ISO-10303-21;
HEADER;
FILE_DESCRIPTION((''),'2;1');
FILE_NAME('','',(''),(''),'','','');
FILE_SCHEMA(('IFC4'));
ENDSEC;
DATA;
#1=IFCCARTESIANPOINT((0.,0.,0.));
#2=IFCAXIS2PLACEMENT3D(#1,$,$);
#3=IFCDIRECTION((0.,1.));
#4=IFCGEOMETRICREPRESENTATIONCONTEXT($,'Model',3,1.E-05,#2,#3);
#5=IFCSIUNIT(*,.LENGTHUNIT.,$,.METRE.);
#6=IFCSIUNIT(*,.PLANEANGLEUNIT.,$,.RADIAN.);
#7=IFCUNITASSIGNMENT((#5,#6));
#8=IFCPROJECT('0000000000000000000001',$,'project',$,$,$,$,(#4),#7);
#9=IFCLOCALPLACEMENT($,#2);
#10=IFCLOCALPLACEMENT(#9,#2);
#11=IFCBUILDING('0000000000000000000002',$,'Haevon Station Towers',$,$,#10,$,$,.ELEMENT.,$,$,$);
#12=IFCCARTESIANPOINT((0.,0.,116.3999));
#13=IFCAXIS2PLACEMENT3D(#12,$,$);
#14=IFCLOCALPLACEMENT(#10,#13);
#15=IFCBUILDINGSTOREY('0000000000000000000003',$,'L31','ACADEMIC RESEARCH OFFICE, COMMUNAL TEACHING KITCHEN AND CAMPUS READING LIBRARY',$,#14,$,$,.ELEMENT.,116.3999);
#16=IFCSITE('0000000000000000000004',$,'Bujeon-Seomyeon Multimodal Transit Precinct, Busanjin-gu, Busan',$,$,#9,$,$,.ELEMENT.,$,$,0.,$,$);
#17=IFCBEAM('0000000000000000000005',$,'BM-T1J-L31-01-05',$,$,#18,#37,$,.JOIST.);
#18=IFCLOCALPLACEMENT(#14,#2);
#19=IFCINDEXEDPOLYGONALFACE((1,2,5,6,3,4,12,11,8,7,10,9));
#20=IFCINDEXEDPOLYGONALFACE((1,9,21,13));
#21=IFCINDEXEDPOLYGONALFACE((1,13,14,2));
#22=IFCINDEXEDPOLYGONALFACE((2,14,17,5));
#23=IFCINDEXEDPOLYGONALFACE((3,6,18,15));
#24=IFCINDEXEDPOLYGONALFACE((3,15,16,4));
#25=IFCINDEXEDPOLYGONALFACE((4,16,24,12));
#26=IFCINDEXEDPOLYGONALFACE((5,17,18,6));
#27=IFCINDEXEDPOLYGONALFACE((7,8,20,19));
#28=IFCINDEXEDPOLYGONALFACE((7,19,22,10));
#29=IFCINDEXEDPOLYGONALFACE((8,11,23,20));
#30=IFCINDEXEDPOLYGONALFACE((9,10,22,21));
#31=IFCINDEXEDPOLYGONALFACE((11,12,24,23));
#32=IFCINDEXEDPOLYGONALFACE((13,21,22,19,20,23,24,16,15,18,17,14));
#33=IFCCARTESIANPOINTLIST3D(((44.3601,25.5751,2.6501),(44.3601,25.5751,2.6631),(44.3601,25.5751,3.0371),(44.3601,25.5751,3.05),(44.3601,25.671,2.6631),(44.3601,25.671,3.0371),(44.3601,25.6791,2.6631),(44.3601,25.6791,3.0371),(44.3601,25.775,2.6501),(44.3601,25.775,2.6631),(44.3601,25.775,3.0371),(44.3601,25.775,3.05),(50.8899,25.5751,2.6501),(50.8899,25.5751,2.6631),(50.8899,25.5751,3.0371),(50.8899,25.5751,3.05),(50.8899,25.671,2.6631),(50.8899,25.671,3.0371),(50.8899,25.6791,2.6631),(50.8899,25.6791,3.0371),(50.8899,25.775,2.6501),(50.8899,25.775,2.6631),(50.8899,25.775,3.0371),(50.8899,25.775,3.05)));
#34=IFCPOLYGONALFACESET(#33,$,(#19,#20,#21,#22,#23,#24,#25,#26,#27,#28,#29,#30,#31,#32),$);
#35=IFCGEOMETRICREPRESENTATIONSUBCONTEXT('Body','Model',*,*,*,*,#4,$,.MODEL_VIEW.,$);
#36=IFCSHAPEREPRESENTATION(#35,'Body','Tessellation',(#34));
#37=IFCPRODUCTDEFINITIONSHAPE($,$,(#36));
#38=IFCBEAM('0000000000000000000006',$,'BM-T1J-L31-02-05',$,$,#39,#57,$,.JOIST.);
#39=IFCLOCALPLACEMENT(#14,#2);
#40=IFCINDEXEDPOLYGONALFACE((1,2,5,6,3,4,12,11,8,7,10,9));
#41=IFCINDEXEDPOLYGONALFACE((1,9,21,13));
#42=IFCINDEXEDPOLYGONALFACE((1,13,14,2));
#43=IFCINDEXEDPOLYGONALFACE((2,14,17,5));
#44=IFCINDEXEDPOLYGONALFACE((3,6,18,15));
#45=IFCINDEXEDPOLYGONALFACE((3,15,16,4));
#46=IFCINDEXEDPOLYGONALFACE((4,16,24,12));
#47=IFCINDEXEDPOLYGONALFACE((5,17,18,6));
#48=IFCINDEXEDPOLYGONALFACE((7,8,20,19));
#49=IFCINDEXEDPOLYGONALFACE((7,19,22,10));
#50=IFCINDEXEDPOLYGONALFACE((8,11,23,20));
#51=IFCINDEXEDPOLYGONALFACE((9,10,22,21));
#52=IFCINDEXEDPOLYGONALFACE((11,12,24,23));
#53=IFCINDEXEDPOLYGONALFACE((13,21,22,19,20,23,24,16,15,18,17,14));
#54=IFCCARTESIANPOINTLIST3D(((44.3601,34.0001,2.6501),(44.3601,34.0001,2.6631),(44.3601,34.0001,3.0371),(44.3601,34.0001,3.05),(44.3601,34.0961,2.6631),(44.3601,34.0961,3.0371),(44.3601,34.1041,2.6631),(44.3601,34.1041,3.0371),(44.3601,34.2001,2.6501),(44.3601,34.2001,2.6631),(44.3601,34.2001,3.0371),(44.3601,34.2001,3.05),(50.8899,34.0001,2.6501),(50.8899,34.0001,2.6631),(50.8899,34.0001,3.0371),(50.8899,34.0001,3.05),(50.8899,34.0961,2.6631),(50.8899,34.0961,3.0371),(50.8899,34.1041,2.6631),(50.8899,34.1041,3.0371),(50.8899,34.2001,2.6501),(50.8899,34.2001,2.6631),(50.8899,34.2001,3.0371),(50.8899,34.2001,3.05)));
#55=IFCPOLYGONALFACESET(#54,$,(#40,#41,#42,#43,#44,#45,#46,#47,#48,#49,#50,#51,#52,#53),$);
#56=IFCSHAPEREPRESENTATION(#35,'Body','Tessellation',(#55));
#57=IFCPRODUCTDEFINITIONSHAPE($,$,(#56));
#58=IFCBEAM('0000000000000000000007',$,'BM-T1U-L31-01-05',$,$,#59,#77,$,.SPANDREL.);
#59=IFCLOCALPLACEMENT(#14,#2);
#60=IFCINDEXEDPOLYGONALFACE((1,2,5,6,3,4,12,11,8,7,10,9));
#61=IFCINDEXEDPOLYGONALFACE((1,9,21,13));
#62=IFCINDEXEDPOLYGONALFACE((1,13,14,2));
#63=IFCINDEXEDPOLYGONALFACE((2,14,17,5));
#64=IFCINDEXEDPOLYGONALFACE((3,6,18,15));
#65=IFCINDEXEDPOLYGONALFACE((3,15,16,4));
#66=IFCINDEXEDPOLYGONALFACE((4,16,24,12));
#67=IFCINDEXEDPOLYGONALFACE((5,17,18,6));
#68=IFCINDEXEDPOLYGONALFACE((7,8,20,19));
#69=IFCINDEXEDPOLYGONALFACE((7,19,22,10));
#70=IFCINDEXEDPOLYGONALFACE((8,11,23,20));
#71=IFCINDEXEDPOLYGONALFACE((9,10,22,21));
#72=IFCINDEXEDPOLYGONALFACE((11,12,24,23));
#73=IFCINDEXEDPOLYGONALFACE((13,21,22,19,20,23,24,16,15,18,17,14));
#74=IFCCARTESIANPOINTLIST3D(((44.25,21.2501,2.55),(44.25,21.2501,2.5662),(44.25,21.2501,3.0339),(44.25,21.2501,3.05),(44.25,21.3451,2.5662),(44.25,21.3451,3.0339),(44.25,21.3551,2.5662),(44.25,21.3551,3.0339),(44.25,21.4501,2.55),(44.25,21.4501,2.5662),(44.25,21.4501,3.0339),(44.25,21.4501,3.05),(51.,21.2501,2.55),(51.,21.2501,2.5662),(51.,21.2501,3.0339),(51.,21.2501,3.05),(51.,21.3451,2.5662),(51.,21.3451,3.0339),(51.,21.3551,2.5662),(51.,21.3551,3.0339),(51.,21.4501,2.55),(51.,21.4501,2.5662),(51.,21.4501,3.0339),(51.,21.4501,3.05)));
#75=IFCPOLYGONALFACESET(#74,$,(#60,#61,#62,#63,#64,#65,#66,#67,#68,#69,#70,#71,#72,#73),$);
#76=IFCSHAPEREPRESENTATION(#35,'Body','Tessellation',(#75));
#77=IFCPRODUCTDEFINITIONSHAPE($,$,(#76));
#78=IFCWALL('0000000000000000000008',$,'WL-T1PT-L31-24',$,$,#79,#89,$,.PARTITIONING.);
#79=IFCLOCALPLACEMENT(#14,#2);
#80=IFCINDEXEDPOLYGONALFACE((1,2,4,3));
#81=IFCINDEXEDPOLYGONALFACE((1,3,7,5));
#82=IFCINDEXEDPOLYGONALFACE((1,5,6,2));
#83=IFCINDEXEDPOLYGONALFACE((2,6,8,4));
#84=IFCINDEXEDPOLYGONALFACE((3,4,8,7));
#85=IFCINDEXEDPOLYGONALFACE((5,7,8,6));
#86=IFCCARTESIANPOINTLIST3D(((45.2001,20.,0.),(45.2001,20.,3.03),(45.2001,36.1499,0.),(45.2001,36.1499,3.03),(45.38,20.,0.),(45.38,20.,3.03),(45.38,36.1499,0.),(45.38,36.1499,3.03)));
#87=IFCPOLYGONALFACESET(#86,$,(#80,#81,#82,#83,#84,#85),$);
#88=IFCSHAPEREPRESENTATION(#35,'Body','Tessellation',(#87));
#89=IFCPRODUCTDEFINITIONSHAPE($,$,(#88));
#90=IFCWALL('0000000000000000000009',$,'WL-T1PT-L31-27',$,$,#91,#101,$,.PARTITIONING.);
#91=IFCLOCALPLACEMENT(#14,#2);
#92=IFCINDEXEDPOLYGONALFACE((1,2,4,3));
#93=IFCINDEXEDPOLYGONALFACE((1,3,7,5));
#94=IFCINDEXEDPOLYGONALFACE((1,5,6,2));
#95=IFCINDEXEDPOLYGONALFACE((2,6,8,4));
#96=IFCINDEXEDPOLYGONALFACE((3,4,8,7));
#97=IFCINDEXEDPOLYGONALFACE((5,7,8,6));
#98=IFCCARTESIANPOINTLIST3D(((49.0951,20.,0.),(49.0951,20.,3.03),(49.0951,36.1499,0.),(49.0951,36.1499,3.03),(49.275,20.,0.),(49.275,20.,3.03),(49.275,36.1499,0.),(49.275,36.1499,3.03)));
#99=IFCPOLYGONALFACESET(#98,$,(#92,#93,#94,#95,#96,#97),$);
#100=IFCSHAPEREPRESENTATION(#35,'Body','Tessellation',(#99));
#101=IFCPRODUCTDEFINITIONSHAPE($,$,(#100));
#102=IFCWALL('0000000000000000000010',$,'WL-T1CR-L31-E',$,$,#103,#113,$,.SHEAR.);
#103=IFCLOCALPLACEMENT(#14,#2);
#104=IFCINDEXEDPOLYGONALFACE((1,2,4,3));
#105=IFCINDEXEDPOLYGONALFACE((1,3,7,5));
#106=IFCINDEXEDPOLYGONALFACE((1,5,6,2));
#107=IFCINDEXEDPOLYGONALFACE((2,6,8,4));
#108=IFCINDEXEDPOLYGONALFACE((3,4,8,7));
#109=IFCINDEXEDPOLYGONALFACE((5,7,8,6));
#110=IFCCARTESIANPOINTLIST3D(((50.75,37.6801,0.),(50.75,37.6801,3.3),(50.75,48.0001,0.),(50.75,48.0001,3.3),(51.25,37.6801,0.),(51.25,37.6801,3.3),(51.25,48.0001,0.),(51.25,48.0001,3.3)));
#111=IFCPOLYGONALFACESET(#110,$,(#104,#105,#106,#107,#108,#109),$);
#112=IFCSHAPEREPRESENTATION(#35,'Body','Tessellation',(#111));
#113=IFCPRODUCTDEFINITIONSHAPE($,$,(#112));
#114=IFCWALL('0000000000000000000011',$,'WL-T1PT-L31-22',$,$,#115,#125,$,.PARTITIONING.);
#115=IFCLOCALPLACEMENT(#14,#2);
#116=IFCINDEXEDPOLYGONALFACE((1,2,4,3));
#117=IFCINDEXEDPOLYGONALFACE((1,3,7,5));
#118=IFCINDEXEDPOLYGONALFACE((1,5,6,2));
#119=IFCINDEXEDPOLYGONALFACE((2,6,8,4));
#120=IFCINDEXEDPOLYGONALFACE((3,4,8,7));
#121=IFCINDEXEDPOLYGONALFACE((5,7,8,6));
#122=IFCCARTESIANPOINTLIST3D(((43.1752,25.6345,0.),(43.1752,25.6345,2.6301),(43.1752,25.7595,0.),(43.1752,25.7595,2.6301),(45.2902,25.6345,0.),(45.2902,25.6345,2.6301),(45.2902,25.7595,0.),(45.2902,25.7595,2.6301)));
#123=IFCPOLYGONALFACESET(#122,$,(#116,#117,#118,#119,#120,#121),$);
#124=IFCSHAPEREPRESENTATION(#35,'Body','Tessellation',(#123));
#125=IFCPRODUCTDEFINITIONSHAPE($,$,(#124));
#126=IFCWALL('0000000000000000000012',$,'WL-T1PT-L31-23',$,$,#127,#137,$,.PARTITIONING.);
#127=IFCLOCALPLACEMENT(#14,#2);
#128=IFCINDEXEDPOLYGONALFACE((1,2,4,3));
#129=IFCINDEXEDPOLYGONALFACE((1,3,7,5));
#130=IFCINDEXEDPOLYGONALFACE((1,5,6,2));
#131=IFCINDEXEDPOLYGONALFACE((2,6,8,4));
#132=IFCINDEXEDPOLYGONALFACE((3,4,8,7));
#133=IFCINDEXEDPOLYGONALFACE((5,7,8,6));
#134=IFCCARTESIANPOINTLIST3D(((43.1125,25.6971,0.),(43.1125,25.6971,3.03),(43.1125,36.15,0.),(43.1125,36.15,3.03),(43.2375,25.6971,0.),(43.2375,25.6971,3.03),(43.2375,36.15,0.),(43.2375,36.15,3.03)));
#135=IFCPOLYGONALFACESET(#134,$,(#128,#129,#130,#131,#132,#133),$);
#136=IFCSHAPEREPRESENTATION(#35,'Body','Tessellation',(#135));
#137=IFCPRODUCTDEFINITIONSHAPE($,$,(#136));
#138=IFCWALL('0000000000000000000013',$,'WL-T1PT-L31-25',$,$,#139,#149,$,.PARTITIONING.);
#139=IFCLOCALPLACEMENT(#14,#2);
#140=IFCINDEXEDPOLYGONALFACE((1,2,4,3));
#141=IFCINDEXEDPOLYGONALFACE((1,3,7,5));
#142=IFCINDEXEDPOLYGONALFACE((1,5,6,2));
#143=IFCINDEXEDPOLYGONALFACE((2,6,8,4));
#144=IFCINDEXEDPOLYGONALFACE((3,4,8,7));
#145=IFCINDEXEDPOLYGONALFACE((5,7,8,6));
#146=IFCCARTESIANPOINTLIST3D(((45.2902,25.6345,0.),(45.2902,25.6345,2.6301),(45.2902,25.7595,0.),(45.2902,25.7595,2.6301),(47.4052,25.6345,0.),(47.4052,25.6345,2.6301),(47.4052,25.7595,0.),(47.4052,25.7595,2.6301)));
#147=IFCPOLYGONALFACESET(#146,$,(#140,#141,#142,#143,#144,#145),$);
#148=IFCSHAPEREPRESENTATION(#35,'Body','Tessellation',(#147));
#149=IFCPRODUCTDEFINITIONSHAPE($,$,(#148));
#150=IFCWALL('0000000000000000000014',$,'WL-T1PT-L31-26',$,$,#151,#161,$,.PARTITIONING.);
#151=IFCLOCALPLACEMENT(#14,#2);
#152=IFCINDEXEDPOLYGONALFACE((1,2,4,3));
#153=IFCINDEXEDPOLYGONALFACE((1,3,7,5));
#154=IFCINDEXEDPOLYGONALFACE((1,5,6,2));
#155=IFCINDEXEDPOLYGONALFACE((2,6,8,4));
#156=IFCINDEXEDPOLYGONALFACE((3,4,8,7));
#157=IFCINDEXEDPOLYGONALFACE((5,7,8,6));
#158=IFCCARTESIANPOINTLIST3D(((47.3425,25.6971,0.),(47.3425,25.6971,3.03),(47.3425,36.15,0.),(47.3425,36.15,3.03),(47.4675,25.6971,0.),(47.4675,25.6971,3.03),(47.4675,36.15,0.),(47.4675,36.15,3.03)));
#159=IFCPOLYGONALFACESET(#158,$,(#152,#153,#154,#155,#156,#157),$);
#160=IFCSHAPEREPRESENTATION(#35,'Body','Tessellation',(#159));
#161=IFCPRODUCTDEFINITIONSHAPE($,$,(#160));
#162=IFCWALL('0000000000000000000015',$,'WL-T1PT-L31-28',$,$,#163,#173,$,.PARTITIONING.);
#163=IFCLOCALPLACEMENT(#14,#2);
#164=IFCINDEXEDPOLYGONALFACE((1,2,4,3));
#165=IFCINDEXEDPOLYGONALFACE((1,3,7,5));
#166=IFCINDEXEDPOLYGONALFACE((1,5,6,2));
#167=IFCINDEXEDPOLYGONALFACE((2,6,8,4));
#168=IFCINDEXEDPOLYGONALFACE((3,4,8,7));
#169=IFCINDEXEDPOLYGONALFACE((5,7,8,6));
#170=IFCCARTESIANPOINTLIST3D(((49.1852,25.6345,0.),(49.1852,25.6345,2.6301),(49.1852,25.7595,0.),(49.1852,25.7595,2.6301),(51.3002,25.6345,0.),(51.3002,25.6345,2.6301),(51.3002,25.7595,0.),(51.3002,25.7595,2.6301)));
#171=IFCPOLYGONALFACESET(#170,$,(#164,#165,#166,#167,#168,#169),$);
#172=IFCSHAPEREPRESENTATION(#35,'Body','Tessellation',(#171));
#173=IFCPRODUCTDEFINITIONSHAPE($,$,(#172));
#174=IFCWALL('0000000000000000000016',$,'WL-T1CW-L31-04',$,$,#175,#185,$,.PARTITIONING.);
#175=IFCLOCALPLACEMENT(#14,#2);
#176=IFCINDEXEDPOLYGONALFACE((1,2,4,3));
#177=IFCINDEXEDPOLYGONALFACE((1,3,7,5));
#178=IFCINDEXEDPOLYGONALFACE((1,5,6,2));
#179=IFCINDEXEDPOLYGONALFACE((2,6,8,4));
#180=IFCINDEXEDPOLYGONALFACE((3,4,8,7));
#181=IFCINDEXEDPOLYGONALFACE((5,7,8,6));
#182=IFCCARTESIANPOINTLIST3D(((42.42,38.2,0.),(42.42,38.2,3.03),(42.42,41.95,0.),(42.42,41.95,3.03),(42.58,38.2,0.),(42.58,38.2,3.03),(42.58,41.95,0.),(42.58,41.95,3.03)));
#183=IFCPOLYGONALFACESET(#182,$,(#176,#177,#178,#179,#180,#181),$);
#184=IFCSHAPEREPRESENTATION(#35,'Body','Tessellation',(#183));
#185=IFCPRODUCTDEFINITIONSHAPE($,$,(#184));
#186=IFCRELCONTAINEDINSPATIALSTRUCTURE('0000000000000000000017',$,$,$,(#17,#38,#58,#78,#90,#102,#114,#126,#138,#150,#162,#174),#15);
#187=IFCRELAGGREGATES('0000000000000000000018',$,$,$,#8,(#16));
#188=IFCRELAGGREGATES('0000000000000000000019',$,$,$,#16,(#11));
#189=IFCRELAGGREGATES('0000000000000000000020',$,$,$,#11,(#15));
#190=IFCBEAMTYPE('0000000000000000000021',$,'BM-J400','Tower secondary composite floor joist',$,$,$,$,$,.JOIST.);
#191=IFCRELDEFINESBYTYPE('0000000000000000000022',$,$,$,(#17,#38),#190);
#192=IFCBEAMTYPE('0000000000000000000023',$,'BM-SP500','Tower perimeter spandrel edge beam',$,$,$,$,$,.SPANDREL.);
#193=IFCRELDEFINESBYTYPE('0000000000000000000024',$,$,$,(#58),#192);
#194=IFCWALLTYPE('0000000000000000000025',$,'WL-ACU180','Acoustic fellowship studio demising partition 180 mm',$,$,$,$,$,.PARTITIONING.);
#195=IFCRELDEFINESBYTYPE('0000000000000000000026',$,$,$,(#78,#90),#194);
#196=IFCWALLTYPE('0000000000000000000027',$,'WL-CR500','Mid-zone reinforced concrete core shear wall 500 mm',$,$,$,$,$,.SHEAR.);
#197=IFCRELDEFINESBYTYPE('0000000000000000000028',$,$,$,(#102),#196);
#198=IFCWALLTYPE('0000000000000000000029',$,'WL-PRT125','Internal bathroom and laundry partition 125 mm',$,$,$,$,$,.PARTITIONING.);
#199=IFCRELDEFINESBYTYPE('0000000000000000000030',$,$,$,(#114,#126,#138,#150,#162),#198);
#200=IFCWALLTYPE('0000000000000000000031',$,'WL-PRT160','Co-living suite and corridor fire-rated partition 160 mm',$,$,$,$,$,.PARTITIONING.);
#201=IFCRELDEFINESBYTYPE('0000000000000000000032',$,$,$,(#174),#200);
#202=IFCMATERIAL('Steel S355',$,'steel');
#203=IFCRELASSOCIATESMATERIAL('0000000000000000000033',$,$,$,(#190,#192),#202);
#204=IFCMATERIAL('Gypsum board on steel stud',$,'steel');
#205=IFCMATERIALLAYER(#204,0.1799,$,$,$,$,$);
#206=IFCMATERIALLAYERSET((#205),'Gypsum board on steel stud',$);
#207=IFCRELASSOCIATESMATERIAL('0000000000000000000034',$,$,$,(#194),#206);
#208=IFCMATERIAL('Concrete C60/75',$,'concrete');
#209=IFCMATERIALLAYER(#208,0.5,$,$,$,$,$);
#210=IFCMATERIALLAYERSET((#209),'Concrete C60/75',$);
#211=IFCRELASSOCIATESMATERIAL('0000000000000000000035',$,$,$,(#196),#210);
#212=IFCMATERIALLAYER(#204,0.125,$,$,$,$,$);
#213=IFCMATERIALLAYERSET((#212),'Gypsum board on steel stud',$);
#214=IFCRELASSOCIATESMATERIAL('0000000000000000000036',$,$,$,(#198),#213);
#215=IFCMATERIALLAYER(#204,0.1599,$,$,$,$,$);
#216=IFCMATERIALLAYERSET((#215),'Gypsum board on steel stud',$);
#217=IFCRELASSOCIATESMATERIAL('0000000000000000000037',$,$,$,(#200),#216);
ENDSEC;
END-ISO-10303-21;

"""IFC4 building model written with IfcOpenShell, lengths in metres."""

from ifc_helpers import new_model, si_unit, direction, frame, frame_2d, origin, origin_2d, place, context, subcontext, project, spatial, rectangle, i_section, extrude, material, layer, layer_set, material_profile, profile_set, type_object, element, save


model = new_model("IFC4")

# Units and contexts
model_context = context("Model", 3, precision=1e-05, world=origin(), true_north=direction((0.0, 1.0)))
body_context = subcontext(model_context, "Body", "Model", "MODEL_VIEW")
ifc_project = project(units=[si_unit("LENGTHUNIT", "METRE"), si_unit("PLANEANGLEUNIT", "RADIAN")], contexts=[model_context])

# Site, building, storey
site_placement = place(None, origin())
site = spatial("IfcSite", under=ifc_project, at=site_placement, Name="Bujeon-Seomyeon Multimodal Transit Precinct, Busanjin-gu, Busan", CompositionType="ELEMENT", RefElevation=0.0)
building_placement = place(site_placement, origin())
building = spatial("IfcBuilding", under=site, at=building_placement, Name="Haevon Station Towers", CompositionType="ELEMENT")
storey_placement = place(building_placement, frame((0.0, 0.0, 116.3999)))
storey = spatial("IfcBuildingStorey", under=building, at=storey_placement, Name="L31", Description="ACADEMIC RESEARCH OFFICE, COMMUNAL TEACHING KITCHEN AND CAMPUS READING LIBRARY", CompositionType="ELEMENT", Elevation=116.3999)

# Beams
ifc_material_1 = material(Name="Steel S355", Category="steel")
ifc_material_profile_1 = material_profile(ifc_material_1, i_section(OverallWidth=0.2, OverallDepth=0.3999, WebThickness=0.0081, FlangeThickness=0.0129, at=origin_2d()), Name="H-400x200x8x13")
ifc_profile_set_1 = profile_set([ifc_material_profile_1], Name="Steel S355")
beam_type_1 = type_object("IfcBeamType", Name="BM-J400", Description="Tower secondary composite floor joist", PredefinedType="JOIST", material=ifc_profile_set_1)
for number, where, z_axis, x_axis, name in (
    (1, (44.3601, 25.675, 2.8501), (1.0, 0.0, 0.0), (0.0, 1.0, 0.0), "BM-T1J-L31-01-05"),
    (2, (44.3601, 34.1001, 2.8501), (1.0, 0.0, 0.0), (0.0, 1.0, 0.0), "BM-T1J-L31-02-05"),
):
    element("IfcBeam", number, at=place(storey_placement, frame(where, z_axis=z_axis, x_axis=x_axis)), inside=storey, type_object=beam_type_1, Name=name, PredefinedType="JOIST", context=body_context, shape_type="SweptSolid", body=[
        extrude(i_section(OverallWidth=0.2, OverallDepth=0.3999, WebThickness=0.0081, FlangeThickness=0.0129, at=origin_2d()), origin(), (0.0, 0.0, 1.0), 6.5298),
    ])
ifc_material_profile_2 = material_profile(ifc_material_1, i_section(OverallWidth=0.2, OverallDepth=0.5, WebThickness=0.01, FlangeThickness=0.0161, at=origin_2d()), Name="H-500x200x10x16")
ifc_profile_set_2 = profile_set([ifc_material_profile_2], Name="Steel S355")
beam_type_2 = type_object("IfcBeamType", Name="BM-SP500", Description="Tower perimeter spandrel edge beam", PredefinedType="SPANDREL", material=ifc_profile_set_2)
beam_1_placement = place(storey_placement, frame((44.25, 21.3501, 2.8), z_axis=(1.0, 0.0, 0.0), x_axis=(0.0, 1.0, 0.0)))
element("IfcBeam", 3, at=beam_1_placement, inside=storey, type_object=beam_type_2, Name="BM-T1U-L31-01-05", PredefinedType="SPANDREL", context=body_context, shape_type="SweptSolid", body=[
    extrude(i_section(OverallWidth=0.2, OverallDepth=0.5, WebThickness=0.01, FlangeThickness=0.0161, at=origin_2d()), origin(), (0.0, 0.0, 1.0), 6.75),
])

# Walls
ifc_material_2 = material(Name="Gypsum board on steel stud", Category="steel")
ifc_layer_1 = layer(ifc_material_2, 0.1799)
ifc_layer_set_1 = layer_set([ifc_layer_1], Name="Gypsum board on steel stud")
wall_type_1 = type_object("IfcWallType", Name="WL-ACU180", Description="Acoustic fellowship studio demising partition 180 mm", PredefinedType="PARTITIONING", material=ifc_layer_set_1)
for number, where, z_axis, x_axis, name in (
    (4, (45.29, 20.0, 0.0), (0.0, 0.0, 1.0), (0.0, 1.0, 0.0), "WL-T1PT-L31-24"),
    (5, (49.1851, 20.0, 0.0), (0.0, 0.0, 1.0), (0.0, 1.0, 0.0), "WL-T1PT-L31-27"),
):
    element("IfcWall", number, at=place(storey_placement, frame(where, z_axis=z_axis, x_axis=x_axis)), inside=storey, type_object=wall_type_1, Name=name, PredefinedType="PARTITIONING", context=body_context, shape_type="SweptSolid", body=[
        extrude(rectangle(XDim=16.1499, YDim=0.1799, at=frame_2d((8.075, 0.0))), origin(), (0.0, 0.0, 1.0), 3.03),
    ])
ifc_material_3 = material(Name="Concrete C60/75", Category="concrete")
ifc_layer_2 = layer(ifc_material_3, 0.5)
ifc_layer_set_2 = layer_set([ifc_layer_2], Name="Concrete C60/75")
wall_type_2 = type_object("IfcWallType", Name="WL-CR500", Description="Mid-zone reinforced concrete core shear wall 500 mm", PredefinedType="SHEAR", material=ifc_layer_set_2)
wall_1_placement = place(storey_placement, frame((51.0, 37.6799, 0.0), z_axis=(0.0, 0.0, 1.0), x_axis=(0.0, 1.0, 0.0)))
element("IfcWall", 6, at=wall_1_placement, inside=storey, type_object=wall_type_2, Name="WL-T1CR-L31-E", PredefinedType="SHEAR", context=body_context, shape_type="SweptSolid", body=[
    extrude(rectangle(XDim=10.3201, YDim=0.5, at=frame_2d((5.1602, 0.0))), origin(), (0.0, 0.0, 1.0), 3.3),
])
ifc_layer_3 = layer(ifc_material_2, 0.125)
ifc_layer_set_3 = layer_set([ifc_layer_3], Name="Gypsum board on steel stud")
wall_type_3 = type_object("IfcWallType", Name="WL-PRT125", Description="Internal bathroom and laundry partition 125 mm", PredefinedType="PARTITIONING", material=ifc_layer_set_3)
wall_2_placement = place(storey_placement, frame((43.175, 25.697, 0.0), z_axis=(0.0, 0.0, 1.0), x_axis=(1.0, 0.0, 0.0)))
element("IfcWall", 7, at=wall_2_placement, inside=storey, type_object=wall_type_3, Name="WL-T1PT-L31-22", PredefinedType="PARTITIONING", context=body_context, shape_type="SweptSolid", body=[
    extrude(rectangle(XDim=2.115, YDim=0.125, at=frame_2d((1.0576, 0.0))), origin(), (0.0, 0.0, 1.0), 2.6301),
])
wall_3_placement = place(storey_placement, frame((43.175, 25.697, 0.0), z_axis=(0.0, 0.0, 1.0), x_axis=(0.0, 1.0, 0.0)))
element("IfcWall", 8, at=wall_3_placement, inside=storey, type_object=wall_type_3, Name="WL-T1PT-L31-23", PredefinedType="PARTITIONING", context=body_context, shape_type="SweptSolid", body=[
    extrude(rectangle(XDim=10.4529, YDim=0.125, at=frame_2d((5.2266, 0.0))), origin(), (0.0, 0.0, 1.0), 3.03),
])
wall_4_placement = place(storey_placement, frame((45.29, 25.697, 0.0), z_axis=(0.0, 0.0, 1.0), x_axis=(1.0, 0.0, 0.0)))
element("IfcWall", 9, at=wall_4_placement, inside=storey, type_object=wall_type_3, Name="WL-T1PT-L31-25", PredefinedType="PARTITIONING", context=body_context, shape_type="SweptSolid", body=[
    extrude(rectangle(XDim=2.115, YDim=0.125, at=frame_2d((1.0576, 0.0))), origin(), (0.0, 0.0, 1.0), 2.6301),
])
wall_5_placement = place(storey_placement, frame((47.405, 25.697, 0.0), z_axis=(0.0, 0.0, 1.0), x_axis=(0.0, 1.0, 0.0)))
element("IfcWall", 10, at=wall_5_placement, inside=storey, type_object=wall_type_3, Name="WL-T1PT-L31-26", PredefinedType="PARTITIONING", context=body_context, shape_type="SweptSolid", body=[
    extrude(rectangle(XDim=10.4529, YDim=0.125, at=frame_2d((5.2266, 0.0))), origin(), (0.0, 0.0, 1.0), 3.03),
])
wall_6_placement = place(storey_placement, frame((49.1851, 25.697, 0.0), z_axis=(0.0, 0.0, 1.0), x_axis=(1.0, 0.0, 0.0)))
element("IfcWall", 11, at=wall_6_placement, inside=storey, type_object=wall_type_3, Name="WL-T1PT-L31-28", PredefinedType="PARTITIONING", context=body_context, shape_type="SweptSolid", body=[
    extrude(rectangle(XDim=2.115, YDim=0.125, at=frame_2d((1.0576, 0.0))), origin(), (0.0, 0.0, 1.0), 2.6301),
])
ifc_layer_4 = layer(ifc_material_2, 0.1599)
ifc_layer_set_4 = layer_set([ifc_layer_4], Name="Gypsum board on steel stud")
wall_type_4 = type_object("IfcWallType", Name="WL-PRT160", Description="Co-living suite and corridor fire-rated partition 160 mm", PredefinedType="PARTITIONING", material=ifc_layer_set_4)
for number, where, z_axis, x_axis, name in (
    (12, (42.5, 38.2, 0.0), (0.0, 0.0, 1.0), (0.0, 1.0, 0.0), "WL-T1CW-L31-04"),
):
    element("IfcWall", number, at=place(storey_placement, frame(where, z_axis=z_axis, x_axis=x_axis)), inside=storey, type_object=wall_type_4, Name=name, PredefinedType="PARTITIONING", context=body_context, shape_type="SweptSolid", body=[
        extrude(rectangle(XDim=3.75, YDim=0.1599, at=frame_2d((1.875, 0.0))), origin(), (0.0, 0.0, 1.0), 3.03),
    ])

save(model, "model.ifc")
